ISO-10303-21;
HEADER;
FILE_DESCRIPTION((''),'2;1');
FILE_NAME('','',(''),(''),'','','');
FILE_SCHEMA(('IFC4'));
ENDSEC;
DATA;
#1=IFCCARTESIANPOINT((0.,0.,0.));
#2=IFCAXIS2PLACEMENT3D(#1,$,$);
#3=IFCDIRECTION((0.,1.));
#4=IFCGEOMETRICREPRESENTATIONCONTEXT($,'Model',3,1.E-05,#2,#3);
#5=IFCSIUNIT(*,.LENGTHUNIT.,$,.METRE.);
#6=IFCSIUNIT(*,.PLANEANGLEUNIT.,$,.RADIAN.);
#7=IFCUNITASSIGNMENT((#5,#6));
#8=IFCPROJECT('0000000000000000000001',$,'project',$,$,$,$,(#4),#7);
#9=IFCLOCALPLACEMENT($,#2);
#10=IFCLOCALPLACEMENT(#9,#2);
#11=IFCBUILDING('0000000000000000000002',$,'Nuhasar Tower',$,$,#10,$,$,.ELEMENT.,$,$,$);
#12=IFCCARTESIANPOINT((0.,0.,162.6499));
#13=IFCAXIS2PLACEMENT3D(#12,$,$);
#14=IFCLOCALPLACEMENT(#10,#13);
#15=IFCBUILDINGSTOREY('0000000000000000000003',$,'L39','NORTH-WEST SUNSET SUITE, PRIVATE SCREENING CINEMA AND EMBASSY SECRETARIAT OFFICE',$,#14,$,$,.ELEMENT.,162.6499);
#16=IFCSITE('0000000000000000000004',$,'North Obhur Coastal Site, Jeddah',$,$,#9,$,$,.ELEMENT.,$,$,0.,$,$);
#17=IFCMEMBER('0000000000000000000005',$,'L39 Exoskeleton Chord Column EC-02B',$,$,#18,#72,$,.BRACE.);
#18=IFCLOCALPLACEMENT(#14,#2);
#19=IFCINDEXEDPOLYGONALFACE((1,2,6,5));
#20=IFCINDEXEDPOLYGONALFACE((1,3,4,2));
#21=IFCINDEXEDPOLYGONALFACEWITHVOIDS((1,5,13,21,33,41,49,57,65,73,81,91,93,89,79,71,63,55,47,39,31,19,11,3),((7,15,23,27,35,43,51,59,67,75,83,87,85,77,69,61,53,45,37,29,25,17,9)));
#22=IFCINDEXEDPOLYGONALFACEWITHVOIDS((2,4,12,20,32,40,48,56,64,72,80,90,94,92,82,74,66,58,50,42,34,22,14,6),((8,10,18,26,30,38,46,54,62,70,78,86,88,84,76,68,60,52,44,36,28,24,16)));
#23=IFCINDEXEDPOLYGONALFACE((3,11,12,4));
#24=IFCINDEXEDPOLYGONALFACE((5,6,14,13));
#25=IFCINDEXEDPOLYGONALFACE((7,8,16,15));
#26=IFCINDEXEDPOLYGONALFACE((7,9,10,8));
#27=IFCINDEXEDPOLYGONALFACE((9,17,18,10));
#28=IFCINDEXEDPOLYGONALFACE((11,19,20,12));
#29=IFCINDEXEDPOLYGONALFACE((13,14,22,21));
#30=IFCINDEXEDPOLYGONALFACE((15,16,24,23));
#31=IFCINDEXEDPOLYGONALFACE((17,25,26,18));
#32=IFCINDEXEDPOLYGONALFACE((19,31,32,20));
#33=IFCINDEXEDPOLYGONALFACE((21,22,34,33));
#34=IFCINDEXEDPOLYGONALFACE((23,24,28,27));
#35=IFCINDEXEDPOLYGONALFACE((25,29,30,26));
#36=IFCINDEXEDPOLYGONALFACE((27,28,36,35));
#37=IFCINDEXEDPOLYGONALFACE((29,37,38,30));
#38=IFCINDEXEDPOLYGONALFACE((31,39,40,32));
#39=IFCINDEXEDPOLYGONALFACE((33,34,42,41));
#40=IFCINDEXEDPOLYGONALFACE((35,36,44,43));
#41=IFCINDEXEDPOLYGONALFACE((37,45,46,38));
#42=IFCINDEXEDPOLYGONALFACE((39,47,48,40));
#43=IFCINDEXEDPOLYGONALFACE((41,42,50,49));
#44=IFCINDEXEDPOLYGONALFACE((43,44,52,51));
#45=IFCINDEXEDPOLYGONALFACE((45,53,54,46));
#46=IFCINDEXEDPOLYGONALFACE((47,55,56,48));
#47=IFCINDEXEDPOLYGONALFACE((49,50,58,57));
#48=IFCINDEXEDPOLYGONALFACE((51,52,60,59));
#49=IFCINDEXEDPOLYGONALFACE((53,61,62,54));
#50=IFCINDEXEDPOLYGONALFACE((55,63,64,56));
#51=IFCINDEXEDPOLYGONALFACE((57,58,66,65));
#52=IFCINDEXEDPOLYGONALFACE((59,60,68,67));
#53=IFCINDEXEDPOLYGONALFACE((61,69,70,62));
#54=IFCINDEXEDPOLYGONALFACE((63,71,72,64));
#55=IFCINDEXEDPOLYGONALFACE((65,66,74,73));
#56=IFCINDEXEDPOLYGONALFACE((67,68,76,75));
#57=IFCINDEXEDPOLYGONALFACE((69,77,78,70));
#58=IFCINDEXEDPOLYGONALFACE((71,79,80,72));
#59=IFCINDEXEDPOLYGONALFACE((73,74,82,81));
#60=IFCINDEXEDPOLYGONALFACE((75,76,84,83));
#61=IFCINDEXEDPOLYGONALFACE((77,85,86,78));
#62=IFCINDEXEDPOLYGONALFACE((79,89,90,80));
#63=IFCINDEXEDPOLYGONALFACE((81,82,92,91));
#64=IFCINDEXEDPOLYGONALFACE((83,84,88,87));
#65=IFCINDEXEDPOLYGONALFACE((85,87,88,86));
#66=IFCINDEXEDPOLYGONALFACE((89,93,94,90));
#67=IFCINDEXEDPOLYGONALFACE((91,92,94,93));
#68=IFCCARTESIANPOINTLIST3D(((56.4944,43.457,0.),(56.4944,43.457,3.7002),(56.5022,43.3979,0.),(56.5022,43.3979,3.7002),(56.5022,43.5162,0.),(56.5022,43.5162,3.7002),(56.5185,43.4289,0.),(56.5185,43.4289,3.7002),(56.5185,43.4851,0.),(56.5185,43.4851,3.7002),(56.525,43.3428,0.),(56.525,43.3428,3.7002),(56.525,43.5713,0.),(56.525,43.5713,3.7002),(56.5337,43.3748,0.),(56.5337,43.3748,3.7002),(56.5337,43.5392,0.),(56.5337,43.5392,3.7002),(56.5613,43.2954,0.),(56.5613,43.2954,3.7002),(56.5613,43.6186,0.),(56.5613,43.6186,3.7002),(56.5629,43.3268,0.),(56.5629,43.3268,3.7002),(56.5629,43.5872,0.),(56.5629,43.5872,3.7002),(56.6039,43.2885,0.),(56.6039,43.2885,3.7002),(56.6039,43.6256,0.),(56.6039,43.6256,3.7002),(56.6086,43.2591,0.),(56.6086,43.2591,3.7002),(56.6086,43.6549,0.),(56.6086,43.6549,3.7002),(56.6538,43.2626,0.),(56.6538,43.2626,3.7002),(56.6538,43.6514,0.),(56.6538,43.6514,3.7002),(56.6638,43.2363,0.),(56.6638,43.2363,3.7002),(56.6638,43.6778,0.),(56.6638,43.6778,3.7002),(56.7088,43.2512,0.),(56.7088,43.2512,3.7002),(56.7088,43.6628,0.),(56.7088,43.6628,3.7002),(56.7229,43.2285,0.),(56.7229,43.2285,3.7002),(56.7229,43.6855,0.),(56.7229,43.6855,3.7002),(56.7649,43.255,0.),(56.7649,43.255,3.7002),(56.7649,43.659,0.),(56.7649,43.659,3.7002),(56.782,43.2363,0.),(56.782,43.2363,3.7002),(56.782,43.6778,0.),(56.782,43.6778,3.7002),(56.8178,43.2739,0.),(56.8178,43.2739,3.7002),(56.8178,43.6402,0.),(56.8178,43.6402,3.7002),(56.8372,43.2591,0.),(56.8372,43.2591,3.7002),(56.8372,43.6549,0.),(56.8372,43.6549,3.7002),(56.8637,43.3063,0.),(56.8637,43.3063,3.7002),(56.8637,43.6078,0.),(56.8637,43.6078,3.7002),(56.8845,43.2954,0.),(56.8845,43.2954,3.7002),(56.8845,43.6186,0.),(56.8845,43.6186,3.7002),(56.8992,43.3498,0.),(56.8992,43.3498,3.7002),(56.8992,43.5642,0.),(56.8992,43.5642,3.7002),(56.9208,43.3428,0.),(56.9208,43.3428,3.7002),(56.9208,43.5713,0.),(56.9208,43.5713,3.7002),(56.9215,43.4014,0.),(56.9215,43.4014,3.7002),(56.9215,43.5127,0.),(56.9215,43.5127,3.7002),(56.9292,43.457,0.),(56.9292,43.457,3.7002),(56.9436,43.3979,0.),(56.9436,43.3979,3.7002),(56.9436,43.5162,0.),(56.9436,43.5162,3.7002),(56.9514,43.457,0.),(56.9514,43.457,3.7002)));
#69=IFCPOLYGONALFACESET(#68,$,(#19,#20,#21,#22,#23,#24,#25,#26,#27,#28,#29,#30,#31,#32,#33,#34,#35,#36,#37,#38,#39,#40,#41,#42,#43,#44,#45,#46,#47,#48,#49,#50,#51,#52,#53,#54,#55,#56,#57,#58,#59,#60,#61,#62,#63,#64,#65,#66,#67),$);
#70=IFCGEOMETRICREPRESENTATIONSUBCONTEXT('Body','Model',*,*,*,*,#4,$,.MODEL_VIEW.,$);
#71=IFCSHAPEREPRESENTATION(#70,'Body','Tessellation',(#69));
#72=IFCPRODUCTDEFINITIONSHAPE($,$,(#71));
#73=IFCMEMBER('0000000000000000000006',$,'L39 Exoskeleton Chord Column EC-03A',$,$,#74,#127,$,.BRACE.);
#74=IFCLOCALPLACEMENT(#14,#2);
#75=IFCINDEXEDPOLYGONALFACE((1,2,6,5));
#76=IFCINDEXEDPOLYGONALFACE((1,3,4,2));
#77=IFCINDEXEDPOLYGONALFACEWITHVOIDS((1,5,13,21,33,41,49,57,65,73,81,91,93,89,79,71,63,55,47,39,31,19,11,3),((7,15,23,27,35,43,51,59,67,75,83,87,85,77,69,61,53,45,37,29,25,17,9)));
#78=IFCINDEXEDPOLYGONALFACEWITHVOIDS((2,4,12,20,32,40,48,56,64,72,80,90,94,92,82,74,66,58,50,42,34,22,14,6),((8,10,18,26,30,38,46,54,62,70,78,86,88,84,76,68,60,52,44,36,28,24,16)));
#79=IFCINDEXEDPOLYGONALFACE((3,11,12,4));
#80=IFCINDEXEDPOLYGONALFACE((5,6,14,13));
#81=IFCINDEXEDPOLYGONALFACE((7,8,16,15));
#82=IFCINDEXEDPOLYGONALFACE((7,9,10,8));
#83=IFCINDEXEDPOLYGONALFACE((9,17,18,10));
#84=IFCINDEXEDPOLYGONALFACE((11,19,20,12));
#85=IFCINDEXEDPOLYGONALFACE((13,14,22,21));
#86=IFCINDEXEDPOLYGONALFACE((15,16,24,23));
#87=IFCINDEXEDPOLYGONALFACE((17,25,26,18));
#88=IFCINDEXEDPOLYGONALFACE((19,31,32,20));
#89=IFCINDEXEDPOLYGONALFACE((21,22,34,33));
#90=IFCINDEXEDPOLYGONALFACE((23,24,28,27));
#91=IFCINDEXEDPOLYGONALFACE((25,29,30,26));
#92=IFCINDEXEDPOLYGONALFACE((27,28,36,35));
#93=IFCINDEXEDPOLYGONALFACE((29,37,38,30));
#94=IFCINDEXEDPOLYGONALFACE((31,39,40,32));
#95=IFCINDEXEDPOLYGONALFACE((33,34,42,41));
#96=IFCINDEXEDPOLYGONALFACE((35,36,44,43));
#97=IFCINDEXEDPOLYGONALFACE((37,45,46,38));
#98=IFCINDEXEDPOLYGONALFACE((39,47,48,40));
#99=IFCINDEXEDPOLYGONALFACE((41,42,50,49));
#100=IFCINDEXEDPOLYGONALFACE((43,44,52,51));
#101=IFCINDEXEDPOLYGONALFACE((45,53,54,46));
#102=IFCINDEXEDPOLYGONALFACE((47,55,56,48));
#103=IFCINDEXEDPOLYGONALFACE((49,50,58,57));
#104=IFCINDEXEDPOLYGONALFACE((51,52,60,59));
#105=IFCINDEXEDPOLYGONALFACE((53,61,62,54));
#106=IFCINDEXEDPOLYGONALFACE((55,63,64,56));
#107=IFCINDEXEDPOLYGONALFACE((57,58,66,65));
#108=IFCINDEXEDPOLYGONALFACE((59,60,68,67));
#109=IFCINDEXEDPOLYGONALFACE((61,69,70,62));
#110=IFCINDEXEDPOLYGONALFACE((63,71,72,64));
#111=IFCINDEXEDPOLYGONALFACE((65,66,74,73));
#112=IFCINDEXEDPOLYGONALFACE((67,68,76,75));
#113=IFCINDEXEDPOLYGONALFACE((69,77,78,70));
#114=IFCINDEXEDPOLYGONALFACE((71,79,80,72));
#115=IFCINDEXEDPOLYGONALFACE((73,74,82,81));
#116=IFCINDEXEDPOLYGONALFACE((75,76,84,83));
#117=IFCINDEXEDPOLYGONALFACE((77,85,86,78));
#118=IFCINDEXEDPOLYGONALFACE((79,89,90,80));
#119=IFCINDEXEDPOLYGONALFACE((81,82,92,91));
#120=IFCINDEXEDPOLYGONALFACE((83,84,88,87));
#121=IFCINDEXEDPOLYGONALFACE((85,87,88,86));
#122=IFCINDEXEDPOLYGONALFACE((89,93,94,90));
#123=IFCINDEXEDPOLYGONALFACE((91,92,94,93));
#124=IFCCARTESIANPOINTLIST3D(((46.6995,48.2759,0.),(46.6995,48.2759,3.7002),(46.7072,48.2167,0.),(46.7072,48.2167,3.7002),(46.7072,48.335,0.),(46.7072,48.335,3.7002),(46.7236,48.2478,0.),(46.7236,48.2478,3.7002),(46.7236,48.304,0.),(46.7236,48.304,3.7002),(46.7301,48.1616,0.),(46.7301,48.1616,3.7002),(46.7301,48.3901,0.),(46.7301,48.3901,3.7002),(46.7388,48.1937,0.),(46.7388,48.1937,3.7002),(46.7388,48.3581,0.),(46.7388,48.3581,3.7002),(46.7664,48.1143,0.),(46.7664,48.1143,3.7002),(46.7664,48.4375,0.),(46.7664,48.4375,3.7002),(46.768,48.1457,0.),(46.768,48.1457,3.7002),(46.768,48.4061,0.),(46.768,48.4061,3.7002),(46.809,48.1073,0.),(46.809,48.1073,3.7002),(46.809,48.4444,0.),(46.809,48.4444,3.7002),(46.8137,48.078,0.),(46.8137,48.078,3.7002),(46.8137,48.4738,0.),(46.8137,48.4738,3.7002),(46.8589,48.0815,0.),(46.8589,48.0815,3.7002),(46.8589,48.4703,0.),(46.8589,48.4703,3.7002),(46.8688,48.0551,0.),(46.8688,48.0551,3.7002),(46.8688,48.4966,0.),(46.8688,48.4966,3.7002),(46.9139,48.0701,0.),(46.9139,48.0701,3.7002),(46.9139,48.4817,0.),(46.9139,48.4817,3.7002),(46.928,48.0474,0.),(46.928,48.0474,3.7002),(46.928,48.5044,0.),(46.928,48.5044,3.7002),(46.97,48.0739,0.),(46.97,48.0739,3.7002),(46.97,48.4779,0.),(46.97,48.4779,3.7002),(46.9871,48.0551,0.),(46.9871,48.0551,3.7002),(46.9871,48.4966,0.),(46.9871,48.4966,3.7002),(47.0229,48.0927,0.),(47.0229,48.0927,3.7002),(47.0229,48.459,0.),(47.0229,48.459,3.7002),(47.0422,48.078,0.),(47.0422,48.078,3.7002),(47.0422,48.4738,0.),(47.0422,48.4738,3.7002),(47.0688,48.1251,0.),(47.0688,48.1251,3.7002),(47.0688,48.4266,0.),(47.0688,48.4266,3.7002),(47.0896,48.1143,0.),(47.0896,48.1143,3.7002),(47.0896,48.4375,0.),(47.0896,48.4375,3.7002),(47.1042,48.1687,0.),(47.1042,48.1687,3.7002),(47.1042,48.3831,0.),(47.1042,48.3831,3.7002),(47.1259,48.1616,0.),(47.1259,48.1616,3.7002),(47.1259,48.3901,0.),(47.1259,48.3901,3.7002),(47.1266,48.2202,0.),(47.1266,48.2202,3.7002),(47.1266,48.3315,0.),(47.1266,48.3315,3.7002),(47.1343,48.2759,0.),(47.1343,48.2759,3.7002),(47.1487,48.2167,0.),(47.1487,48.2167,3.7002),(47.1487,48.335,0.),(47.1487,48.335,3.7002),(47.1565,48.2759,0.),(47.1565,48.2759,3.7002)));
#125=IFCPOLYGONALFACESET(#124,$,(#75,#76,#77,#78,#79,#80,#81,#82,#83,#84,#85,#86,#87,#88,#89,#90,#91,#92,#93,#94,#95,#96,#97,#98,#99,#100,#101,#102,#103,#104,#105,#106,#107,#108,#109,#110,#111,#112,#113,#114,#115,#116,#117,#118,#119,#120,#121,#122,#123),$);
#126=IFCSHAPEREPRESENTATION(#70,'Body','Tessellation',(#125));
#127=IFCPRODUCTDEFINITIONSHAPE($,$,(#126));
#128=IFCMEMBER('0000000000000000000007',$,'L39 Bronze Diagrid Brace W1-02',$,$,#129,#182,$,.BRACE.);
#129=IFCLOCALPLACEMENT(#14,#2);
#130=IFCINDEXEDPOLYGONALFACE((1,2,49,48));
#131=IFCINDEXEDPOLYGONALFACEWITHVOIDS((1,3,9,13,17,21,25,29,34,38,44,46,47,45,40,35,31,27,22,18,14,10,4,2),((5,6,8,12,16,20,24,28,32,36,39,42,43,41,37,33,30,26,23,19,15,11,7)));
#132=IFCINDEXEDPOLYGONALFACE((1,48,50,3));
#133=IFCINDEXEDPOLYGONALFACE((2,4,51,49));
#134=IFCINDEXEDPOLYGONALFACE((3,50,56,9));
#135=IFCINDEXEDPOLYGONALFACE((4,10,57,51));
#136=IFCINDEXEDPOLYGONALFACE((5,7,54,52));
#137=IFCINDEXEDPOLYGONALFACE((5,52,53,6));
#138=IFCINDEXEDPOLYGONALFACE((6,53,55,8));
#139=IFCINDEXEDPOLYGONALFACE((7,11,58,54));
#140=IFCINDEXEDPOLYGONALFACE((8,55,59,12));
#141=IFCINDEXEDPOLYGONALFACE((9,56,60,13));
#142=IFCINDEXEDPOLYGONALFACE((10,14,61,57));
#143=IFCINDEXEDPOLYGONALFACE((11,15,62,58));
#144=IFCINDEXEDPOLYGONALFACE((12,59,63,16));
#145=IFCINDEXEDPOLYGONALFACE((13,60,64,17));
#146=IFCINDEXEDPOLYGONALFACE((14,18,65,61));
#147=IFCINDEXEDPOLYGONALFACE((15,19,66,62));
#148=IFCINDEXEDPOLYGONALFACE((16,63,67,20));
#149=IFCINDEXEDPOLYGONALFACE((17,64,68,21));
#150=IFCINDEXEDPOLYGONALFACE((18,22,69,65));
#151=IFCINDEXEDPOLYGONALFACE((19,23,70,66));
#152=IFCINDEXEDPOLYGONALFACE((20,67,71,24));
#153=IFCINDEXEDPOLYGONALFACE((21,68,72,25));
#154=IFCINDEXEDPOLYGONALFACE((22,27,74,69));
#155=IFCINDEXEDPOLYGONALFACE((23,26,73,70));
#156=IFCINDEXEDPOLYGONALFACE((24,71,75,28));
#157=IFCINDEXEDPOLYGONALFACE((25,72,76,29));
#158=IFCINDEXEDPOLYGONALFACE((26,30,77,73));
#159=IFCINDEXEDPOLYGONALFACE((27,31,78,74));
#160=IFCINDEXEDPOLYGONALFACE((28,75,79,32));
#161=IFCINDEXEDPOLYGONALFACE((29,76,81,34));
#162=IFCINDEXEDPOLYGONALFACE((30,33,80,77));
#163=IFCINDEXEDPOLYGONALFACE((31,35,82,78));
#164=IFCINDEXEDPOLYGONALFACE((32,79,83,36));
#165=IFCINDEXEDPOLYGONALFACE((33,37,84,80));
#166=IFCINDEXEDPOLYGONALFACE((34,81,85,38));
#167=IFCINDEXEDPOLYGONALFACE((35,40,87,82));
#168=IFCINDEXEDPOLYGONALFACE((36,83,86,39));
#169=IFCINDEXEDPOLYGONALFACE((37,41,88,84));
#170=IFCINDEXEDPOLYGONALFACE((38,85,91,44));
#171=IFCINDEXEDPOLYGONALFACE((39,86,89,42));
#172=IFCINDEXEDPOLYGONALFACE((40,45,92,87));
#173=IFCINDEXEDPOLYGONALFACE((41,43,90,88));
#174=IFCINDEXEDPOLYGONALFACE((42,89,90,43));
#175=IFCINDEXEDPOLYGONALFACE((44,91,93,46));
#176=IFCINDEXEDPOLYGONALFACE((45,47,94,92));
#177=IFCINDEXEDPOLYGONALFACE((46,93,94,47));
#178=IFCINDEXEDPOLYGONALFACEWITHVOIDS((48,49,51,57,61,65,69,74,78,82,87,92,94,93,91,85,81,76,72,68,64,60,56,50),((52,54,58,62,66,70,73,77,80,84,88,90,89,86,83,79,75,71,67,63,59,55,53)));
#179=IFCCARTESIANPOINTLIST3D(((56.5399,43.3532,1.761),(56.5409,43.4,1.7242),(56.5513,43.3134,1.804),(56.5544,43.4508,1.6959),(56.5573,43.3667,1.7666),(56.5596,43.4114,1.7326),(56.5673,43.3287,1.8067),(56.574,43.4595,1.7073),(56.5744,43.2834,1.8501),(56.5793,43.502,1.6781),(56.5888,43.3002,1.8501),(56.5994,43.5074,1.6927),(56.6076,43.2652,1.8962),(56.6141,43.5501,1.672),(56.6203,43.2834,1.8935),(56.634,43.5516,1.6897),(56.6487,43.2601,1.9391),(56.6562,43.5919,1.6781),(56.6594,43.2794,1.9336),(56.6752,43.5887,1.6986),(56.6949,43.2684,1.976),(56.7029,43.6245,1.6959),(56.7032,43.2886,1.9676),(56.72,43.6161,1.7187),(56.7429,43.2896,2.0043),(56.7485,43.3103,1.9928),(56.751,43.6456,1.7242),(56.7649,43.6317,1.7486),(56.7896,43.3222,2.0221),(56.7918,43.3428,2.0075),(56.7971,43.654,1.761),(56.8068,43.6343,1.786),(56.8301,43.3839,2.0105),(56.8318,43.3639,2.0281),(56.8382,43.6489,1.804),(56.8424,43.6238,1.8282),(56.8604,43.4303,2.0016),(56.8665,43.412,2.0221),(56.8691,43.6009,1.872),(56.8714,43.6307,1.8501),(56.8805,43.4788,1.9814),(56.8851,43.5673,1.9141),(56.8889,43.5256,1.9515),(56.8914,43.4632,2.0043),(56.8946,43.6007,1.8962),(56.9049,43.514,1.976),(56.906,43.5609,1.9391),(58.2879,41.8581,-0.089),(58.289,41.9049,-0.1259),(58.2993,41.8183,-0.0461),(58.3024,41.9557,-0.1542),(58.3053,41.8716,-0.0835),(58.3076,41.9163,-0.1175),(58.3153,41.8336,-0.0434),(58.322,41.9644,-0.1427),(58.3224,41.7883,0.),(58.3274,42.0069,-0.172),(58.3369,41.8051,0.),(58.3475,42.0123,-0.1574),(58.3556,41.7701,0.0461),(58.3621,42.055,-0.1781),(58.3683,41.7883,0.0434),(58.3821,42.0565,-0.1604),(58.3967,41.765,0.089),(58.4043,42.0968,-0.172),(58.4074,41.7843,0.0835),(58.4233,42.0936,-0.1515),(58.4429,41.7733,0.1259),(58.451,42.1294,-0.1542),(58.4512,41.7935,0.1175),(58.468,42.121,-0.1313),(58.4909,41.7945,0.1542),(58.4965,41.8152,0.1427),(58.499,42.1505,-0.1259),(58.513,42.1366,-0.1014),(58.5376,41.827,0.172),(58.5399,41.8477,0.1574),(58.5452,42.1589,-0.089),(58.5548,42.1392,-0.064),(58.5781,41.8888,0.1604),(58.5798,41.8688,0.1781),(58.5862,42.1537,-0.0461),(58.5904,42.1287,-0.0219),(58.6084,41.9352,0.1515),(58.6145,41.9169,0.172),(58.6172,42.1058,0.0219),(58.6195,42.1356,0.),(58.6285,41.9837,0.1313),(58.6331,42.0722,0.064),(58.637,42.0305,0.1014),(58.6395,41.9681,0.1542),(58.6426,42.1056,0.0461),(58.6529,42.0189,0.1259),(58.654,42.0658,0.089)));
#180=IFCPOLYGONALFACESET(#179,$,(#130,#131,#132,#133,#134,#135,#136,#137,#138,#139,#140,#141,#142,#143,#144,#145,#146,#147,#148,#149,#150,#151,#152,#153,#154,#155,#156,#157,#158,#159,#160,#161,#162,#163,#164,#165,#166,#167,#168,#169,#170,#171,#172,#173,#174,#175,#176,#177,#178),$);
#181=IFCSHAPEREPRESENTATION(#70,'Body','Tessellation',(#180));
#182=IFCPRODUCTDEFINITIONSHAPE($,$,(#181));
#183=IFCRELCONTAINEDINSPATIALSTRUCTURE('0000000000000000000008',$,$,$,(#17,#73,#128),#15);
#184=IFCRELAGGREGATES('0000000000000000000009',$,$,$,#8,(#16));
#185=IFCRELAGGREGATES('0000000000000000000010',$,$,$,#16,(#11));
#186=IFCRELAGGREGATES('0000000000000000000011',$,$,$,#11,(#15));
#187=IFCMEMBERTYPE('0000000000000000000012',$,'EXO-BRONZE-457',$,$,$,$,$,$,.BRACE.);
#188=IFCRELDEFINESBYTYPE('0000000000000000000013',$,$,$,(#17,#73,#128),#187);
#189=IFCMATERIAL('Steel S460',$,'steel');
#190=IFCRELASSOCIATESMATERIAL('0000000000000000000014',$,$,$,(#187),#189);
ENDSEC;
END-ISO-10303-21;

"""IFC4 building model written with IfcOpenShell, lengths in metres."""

from ifc_helpers import new_model, si_unit, direction, frame, origin, origin_2d, place, context, subcontext, project, spatial, hollow_circle, extrude, material, material_profile, profile_set, type_object, element, save


model = new_model("IFC4")

# Units and contexts
model_context = context("Model", 3, precision=1e-05, world=origin(), true_north=direction((0.0, 1.0)))
body_context = subcontext(model_context, "Body", "Model", "MODEL_VIEW")
ifc_project = project(units=[si_unit("LENGTHUNIT", "METRE"), si_unit("PLANEANGLEUNIT", "RADIAN")], contexts=[model_context])

# Site, building, storey
site_placement = place(None, origin())
site = spatial("IfcSite", under=ifc_project, at=site_placement, Name="North Obhur Coastal Site, Jeddah", CompositionType="ELEMENT", RefElevation=0.0)
building_placement = place(site_placement, origin())
building = spatial("IfcBuilding", under=site, at=building_placement, Name="Nuhasar Tower", CompositionType="ELEMENT")
storey_placement = place(building_placement, frame((0.0, 0.0, 162.6499)))
storey = spatial("IfcBuildingStorey", under=building, at=storey_placement, Name="L39", Description="NORTH-WEST SUNSET SUITE, PRIVATE SCREENING CINEMA AND EMBASSY SECRETARIAT OFFICE", CompositionType="ELEMENT", Elevation=162.6499)

# Members
ifc_material_1 = material(Name="Steel S460", Category="steel")
ifc_material_profile_1 = material_profile(ifc_material_1, hollow_circle(Radius=0.2285, WallThickness=0.0222, at=origin_2d()), Name="HSS457X22.2")
ifc_profile_set_1 = profile_set([ifc_material_profile_1], Name="Steel S460")
member_type_1 = type_object("IfcMemberType", Name="EXO-BRONZE-457", PredefinedType="BRACE", material=ifc_profile_set_1)
for number, where, z_axis, x_axis, name in (
    (1, (56.7229, 43.457, 0.0), (0.0, 0.0, 1.0), (1.0, 0.0, 0.0), "L39 Exoskeleton Chord Column EC-02B"),
    (2, (46.928, 48.2759, 0.0), (0.0, 0.0, 1.0), (1.0, 0.0, 0.0), "L39 Exoskeleton Chord Column EC-03A"),
):
    element("IfcMember", number, at=place(storey_placement, frame(where, z_axis=z_axis, x_axis=x_axis)), inside=storey, type_object=member_type_1, Name=name, PredefinedType="BRACE", context=body_context, shape_type="SweptSolid", body=[
        extrude(hollow_circle(Radius=0.2285, WallThickness=0.0222, at=origin_2d()), origin(), (0.0, 0.0, 1.0), 3.7002),
    ])
for number, where, z_axis, x_axis, name in (
    (3, (58.4709, 41.9619, 0.0), (-0.59217, 0.506488, 0.626741), (-0.649987, -0.759945, 0.0), "L39 Bronze Diagrid Brace W1-02"),
):
    element("IfcMember", number, at=place(storey_placement, frame(where, z_axis=z_axis, x_axis=x_axis)), inside=storey, type_object=member_type_1, Name=name, PredefinedType="BRACE", context=body_context, shape_type="SweptSolid", body=[
        extrude(hollow_circle(Radius=0.2285, WallThickness=0.0222, at=origin_2d()), origin(), (0.0, 0.0, 1.0), 2.9519),
    ])

save(model, "model.ifc")
